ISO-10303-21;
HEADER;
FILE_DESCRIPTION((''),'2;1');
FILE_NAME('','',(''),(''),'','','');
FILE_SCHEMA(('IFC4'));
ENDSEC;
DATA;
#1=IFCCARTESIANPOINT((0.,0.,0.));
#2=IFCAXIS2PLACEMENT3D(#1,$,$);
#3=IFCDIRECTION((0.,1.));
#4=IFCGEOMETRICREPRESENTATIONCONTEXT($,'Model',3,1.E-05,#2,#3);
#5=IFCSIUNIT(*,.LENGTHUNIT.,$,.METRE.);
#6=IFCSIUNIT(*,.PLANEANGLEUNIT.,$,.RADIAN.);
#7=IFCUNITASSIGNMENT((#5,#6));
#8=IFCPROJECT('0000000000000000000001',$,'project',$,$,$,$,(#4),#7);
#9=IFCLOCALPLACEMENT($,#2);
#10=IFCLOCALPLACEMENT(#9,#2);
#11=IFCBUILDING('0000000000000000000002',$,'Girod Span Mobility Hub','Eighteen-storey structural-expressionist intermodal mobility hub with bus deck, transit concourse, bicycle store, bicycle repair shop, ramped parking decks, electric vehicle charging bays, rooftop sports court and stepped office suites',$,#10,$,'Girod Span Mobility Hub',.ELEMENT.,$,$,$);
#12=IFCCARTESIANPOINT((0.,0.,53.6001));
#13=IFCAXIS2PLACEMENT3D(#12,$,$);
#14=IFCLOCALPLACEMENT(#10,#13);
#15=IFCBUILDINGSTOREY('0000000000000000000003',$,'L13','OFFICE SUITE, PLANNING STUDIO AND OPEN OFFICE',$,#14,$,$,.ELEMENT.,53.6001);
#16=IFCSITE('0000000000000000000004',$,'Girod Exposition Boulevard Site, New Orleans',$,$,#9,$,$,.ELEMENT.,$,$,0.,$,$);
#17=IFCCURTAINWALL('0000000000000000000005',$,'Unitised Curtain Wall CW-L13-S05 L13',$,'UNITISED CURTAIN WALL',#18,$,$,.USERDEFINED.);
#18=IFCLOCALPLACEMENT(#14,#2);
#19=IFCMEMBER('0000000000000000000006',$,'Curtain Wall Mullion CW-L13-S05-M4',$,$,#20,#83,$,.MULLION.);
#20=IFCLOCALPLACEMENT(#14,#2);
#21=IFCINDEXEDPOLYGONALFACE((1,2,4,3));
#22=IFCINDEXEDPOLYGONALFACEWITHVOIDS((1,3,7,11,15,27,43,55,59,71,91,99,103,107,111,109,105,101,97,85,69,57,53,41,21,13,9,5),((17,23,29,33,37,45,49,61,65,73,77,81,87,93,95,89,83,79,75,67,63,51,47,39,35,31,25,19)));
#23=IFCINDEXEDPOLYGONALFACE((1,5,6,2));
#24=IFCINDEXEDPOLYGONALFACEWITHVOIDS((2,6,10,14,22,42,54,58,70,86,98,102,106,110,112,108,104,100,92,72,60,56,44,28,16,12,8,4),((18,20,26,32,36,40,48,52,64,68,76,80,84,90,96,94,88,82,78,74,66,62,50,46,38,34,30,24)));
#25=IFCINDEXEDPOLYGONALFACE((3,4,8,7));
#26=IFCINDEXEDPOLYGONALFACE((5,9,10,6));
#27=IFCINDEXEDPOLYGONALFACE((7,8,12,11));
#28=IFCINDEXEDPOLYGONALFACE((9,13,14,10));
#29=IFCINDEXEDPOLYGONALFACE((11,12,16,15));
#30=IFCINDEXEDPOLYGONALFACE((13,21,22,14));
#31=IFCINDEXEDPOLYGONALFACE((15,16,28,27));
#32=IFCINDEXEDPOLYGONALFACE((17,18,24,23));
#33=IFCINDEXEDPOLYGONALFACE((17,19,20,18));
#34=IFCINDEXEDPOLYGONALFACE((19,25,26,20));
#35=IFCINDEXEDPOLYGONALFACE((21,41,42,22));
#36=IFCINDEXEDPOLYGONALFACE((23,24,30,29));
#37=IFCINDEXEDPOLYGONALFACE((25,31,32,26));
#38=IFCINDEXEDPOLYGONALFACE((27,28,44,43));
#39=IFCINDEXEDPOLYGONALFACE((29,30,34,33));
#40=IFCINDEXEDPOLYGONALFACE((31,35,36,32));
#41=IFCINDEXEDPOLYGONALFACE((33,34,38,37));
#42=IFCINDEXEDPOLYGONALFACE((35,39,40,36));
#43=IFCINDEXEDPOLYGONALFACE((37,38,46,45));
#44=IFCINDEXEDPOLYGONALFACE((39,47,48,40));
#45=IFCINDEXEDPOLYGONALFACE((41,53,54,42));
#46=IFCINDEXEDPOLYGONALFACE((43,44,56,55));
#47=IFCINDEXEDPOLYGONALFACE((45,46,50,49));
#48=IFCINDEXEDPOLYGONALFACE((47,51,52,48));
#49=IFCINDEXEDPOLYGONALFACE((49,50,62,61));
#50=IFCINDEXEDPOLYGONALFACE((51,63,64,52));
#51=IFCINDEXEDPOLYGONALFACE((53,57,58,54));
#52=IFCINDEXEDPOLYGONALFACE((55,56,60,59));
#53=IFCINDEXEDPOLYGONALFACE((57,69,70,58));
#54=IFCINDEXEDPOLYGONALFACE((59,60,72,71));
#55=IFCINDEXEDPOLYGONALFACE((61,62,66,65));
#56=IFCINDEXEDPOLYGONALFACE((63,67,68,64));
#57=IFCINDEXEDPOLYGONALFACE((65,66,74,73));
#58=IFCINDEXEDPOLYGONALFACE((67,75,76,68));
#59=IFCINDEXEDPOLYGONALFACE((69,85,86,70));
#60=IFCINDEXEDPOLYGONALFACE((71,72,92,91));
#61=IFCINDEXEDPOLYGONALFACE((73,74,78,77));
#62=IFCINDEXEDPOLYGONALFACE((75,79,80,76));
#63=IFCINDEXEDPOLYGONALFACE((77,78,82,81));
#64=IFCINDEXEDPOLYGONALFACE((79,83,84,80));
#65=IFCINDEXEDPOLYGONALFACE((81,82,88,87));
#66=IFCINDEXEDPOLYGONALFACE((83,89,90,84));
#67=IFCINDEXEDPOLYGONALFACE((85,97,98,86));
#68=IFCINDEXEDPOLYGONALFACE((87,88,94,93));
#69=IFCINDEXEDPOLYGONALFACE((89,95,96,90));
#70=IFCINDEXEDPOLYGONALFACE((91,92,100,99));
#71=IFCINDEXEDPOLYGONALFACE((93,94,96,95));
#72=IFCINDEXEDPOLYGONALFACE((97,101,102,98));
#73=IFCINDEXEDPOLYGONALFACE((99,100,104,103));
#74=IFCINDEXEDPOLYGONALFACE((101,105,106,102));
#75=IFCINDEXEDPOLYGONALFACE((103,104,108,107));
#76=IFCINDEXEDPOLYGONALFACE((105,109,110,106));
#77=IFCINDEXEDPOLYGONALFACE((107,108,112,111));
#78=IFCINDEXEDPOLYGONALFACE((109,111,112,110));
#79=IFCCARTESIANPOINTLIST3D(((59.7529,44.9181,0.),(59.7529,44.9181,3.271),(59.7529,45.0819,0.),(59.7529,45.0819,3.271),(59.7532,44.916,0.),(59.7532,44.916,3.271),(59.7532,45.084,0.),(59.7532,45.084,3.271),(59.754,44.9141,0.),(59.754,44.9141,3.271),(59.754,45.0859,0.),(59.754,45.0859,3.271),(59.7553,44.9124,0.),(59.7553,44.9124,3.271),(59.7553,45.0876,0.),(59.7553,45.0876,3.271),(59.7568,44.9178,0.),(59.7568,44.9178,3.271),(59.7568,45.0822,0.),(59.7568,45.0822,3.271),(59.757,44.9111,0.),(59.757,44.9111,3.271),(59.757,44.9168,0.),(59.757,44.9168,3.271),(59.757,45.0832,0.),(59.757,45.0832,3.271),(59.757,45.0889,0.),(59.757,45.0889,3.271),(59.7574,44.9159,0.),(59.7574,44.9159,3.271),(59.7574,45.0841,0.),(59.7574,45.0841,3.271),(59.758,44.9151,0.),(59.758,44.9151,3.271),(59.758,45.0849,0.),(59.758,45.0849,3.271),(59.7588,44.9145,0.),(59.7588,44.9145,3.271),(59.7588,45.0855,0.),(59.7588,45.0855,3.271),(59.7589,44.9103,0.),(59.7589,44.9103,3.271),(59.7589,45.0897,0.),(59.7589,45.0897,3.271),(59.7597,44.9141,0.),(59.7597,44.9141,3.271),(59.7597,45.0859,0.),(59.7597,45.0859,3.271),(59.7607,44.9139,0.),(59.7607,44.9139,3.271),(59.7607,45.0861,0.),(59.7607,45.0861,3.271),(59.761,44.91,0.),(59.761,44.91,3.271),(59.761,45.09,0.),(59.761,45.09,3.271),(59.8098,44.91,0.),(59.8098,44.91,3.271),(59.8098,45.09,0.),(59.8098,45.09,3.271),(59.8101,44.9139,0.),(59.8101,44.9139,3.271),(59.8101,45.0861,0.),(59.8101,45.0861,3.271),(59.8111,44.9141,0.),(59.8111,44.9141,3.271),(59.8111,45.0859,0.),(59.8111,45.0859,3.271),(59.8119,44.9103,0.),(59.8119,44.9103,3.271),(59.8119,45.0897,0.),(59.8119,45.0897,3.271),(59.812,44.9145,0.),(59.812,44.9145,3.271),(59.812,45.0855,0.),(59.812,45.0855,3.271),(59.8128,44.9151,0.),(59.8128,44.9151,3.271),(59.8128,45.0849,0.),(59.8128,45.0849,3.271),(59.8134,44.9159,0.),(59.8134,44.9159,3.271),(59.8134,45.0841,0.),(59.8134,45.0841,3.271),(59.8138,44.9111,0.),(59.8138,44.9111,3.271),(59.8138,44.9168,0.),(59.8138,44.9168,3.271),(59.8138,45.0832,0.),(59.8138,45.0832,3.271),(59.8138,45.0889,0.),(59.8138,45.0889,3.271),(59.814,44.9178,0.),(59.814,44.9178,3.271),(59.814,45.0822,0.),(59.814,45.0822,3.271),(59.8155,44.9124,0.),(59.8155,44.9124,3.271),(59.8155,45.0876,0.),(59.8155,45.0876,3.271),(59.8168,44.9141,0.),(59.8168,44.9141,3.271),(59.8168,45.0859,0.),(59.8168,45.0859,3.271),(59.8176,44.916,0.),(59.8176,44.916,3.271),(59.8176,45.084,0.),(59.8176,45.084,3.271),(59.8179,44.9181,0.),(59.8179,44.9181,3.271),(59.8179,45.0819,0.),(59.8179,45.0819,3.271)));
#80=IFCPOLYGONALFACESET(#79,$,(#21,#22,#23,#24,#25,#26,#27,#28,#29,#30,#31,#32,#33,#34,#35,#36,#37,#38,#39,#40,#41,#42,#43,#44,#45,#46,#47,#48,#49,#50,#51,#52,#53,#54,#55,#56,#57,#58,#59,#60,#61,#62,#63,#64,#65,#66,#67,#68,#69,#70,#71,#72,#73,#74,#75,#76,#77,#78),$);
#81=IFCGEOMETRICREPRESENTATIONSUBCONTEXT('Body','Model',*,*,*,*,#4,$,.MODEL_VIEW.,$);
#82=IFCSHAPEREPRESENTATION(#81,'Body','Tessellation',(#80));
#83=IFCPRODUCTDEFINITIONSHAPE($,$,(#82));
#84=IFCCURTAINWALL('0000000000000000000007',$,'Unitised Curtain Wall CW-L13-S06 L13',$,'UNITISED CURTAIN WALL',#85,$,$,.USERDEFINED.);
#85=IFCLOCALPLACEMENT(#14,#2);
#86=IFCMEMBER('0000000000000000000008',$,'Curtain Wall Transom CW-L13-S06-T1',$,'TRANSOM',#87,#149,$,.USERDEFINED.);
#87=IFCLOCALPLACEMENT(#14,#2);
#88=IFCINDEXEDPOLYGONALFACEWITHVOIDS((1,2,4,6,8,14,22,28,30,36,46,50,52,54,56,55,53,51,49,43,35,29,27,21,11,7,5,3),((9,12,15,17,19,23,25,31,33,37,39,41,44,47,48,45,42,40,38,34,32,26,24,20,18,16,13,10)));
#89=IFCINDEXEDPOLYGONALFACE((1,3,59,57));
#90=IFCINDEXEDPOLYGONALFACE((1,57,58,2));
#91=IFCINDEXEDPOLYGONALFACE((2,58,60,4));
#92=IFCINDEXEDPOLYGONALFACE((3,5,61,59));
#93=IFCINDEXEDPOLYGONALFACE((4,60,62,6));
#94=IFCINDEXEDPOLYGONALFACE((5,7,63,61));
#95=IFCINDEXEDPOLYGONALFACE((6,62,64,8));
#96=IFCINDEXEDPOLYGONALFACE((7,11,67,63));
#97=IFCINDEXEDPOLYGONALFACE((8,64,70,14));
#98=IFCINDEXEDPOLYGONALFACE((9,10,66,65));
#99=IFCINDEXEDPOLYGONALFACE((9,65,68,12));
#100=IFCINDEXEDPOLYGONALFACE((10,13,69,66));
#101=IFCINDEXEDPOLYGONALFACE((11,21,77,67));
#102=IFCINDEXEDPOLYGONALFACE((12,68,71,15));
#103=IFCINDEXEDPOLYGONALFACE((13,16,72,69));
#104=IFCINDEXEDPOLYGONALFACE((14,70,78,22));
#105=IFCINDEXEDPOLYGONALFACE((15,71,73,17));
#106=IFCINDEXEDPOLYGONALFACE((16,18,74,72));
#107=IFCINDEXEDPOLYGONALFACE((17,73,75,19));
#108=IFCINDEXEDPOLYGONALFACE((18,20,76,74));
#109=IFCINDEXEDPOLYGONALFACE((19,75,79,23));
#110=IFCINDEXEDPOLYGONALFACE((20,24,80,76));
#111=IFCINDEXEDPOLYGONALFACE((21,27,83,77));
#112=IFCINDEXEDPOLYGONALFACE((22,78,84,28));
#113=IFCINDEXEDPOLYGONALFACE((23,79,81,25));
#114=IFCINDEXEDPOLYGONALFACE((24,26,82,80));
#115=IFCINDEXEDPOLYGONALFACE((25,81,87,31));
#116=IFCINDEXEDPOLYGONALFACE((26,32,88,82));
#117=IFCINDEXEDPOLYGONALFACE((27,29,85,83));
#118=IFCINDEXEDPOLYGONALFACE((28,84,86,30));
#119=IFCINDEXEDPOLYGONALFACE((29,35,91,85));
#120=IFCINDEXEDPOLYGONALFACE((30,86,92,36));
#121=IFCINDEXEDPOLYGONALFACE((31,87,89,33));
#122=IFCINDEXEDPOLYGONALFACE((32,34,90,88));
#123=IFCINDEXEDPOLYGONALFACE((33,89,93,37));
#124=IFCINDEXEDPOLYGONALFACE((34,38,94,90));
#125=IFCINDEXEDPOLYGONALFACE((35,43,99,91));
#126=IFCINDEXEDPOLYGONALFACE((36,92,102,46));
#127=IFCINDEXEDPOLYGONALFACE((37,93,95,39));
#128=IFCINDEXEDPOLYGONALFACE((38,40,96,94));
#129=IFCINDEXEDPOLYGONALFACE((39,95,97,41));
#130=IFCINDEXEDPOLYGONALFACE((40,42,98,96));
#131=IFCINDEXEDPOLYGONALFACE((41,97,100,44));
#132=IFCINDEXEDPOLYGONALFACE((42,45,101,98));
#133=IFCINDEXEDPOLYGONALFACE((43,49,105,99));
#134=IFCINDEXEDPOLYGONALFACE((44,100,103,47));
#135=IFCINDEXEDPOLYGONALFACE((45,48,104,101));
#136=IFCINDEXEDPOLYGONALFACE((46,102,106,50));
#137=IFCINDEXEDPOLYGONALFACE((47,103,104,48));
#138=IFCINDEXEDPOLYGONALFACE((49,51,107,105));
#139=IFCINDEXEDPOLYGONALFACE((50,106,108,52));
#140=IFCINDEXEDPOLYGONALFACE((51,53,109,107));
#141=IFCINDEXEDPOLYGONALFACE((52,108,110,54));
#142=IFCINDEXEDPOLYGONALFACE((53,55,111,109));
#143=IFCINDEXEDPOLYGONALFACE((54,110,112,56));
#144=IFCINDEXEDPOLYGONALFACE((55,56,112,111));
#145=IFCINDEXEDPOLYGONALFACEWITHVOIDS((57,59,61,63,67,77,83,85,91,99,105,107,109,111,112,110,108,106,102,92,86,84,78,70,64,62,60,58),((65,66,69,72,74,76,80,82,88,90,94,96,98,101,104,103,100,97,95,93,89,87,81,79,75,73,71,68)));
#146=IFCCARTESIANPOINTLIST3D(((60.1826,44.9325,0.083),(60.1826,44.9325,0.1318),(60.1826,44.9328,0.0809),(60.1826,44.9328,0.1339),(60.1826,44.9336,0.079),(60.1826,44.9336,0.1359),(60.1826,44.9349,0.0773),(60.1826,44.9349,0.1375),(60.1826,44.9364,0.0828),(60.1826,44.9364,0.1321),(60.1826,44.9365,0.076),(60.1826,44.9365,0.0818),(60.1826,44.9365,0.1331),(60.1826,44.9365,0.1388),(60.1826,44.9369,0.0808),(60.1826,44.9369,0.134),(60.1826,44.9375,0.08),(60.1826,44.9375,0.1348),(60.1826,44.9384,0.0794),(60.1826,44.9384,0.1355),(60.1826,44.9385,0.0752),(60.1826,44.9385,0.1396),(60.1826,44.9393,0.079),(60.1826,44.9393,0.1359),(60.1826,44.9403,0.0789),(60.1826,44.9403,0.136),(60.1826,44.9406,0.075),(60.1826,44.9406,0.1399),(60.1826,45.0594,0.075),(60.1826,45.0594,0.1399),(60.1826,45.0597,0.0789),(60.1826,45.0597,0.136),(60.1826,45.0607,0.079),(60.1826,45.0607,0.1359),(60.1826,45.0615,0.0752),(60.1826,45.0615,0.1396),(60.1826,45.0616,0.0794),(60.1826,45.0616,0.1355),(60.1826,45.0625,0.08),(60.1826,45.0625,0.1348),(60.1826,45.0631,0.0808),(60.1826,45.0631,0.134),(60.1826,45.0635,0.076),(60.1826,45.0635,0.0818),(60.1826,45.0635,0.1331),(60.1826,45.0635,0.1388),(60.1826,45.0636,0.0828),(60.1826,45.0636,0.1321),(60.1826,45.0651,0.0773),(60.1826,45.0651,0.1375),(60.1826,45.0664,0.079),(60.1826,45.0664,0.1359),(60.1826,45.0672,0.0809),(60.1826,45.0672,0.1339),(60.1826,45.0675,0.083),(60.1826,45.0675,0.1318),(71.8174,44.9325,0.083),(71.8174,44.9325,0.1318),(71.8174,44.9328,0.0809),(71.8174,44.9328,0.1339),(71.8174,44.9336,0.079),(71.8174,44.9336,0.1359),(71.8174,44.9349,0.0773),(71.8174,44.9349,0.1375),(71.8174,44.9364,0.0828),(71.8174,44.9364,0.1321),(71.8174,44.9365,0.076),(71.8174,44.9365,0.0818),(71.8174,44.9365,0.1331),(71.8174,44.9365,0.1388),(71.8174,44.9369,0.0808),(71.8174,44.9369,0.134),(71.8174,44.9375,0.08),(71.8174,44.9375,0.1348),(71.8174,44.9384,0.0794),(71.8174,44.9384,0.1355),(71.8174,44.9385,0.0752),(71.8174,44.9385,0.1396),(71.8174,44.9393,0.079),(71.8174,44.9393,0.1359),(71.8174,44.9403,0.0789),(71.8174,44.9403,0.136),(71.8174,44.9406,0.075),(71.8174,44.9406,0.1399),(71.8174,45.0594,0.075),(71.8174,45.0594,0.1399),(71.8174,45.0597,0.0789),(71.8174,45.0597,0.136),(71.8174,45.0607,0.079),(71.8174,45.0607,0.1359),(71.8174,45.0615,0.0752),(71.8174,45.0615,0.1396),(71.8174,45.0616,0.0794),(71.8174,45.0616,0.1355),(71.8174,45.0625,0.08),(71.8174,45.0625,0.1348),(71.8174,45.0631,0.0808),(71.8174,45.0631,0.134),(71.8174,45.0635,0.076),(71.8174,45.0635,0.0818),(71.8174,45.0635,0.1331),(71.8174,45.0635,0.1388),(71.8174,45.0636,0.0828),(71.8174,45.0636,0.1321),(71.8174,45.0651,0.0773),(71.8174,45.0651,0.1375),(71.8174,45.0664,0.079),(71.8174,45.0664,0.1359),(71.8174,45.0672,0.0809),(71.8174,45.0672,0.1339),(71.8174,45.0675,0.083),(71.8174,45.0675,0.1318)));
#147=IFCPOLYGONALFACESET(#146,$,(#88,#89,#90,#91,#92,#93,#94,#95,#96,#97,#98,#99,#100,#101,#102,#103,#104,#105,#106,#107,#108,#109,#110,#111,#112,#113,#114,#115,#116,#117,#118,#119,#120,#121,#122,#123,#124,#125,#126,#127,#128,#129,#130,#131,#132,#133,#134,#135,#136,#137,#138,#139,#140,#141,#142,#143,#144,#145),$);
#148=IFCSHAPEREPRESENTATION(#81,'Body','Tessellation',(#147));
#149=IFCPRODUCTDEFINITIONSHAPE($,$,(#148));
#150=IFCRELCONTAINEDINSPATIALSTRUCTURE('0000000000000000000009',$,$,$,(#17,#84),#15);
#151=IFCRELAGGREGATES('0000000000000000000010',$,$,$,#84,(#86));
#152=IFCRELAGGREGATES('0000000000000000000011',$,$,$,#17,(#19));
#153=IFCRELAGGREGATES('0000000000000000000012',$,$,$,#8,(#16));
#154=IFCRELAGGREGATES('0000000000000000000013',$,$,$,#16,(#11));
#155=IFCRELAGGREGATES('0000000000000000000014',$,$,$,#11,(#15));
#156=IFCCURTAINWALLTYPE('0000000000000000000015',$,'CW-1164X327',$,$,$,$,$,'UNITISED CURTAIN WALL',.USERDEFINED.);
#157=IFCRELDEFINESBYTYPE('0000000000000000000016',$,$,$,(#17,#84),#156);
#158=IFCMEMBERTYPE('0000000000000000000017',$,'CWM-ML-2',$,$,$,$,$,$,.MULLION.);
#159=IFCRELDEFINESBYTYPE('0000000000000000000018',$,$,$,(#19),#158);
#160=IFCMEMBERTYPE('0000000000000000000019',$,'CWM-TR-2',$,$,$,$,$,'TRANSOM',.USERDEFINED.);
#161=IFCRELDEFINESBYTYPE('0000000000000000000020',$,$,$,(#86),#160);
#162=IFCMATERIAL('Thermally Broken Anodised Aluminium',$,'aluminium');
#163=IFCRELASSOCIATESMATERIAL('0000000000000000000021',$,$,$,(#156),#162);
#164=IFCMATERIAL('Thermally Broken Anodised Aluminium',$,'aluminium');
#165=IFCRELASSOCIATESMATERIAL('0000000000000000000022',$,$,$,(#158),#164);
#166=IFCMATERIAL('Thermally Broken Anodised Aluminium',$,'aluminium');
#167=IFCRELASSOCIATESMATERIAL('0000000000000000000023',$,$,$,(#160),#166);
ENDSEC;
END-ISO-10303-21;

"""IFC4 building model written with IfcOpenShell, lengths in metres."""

from ifc_helpers import new_model, si_unit, direction, frame, origin, origin_2d, place, context, subcontext, project, spatial, hollow_rectangle, extrude, material, material_profile, profile_set, type_object, element, aggregate, save


model = new_model("IFC4")

# Units and contexts
model_context = context("Model", 3, precision=1e-05, world=origin(), true_north=direction((0.0, 1.0)))
body_context = subcontext(model_context, "Body", "Model", "MODEL_VIEW")
ifc_project = project(units=[si_unit("LENGTHUNIT", "METRE"), si_unit("PLANEANGLEUNIT", "RADIAN")], contexts=[model_context])

# Site, building, storey
site_placement = place(None, origin())
site = spatial("IfcSite", under=ifc_project, at=site_placement, Name="Girod Exposition Boulevard Site, New Orleans", CompositionType="ELEMENT", RefElevation=0.0)
building_placement = place(site_placement, origin())
building = spatial("IfcBuilding", under=site, at=building_placement, Name="Girod Span Mobility Hub", Description="Eighteen-storey structural-expressionist intermodal mobility hub with bus deck, transit concourse, bicycle store, bicycle repair shop, ramped parking decks, electric vehicle charging bays, rooftop sports court and stepped office suites", LongName="Girod Span Mobility Hub", CompositionType="ELEMENT")
storey_placement = place(building_placement, frame((0.0, 0.0, 53.6001)))
storey = spatial("IfcBuildingStorey", under=building, at=storey_placement, Name="L13", Description="OFFICE SUITE, PLANNING STUDIO AND OPEN OFFICE", CompositionType="ELEMENT", Elevation=53.6001)

# Curtain walls, members
ifc_material_1 = material(Name="Thermally Broken Anodised Aluminium", Category="aluminium")
curtain_wall_type = type_object("IfcCurtainWallType", Name="CW-1164X327", ElementType="UNITISED CURTAIN WALL", PredefinedType="USERDEFINED", material=ifc_material_1)
curtain_wall_1_placement = place(storey_placement, origin())
curtain_wall_1 = element("IfcCurtainWall", 1, at=curtain_wall_1_placement, inside=storey, type_object=curtain_wall_type, Name="Unitised Curtain Wall CW-L13-S05 L13", ObjectType="UNITISED CURTAIN WALL", PredefinedType="USERDEFINED")
ifc_material_2 = material(Name="Thermally Broken Anodised Aluminium", Category="aluminium")
ifc_material_profile_1 = material_profile(ifc_material_2, hollow_rectangle(XDim=0.1799, YDim=0.0649, WallThickness=0.0039, InnerFilletRadius=0.0039, OuterFilletRadius=0.0081, at=origin_2d()), Name="CW-ML-65X180")
ifc_profile_set_1 = profile_set([ifc_material_profile_1], Name="Thermally Broken Anodised Aluminium")
member_type_1 = type_object("IfcMemberType", Name="CWM-ML-2", PredefinedType="MULLION", material=ifc_profile_set_1)
member_1_placement = place(storey_placement, frame((59.7854, 45.0, 0.0), z_axis=(0.0, 0.0, 1.0), x_axis=(0.0, 1.0, 0.0)))
member_1 = element("IfcMember", 2, at=member_1_placement, type_object=member_type_1, Name="Curtain Wall Mullion CW-L13-S05-M4", PredefinedType="MULLION", context=body_context, shape_type="SweptSolid", body=[
    extrude(hollow_rectangle(XDim=0.1799, YDim=0.0649, WallThickness=0.0039, InnerFilletRadius=0.0039, OuterFilletRadius=0.0081, at=origin_2d()), origin(), (0.0, 0.0, 1.0), 3.271),
])
curtain_wall_2_placement = place(storey_placement, origin())
curtain_wall_2 = element("IfcCurtainWall", 3, at=curtain_wall_2_placement, inside=storey, type_object=curtain_wall_type, Name="Unitised Curtain Wall CW-L13-S06 L13", ObjectType="UNITISED CURTAIN WALL", PredefinedType="USERDEFINED")
ifc_material_3 = material(Name="Thermally Broken Anodised Aluminium", Category="aluminium")
ifc_material_profile_2 = material_profile(ifc_material_3, hollow_rectangle(XDim=0.135, YDim=0.0649, WallThickness=0.0039, InnerFilletRadius=0.0039, OuterFilletRadius=0.0081, at=origin_2d()), Name="CW-TR-65X135")
ifc_profile_set_2 = profile_set([ifc_material_profile_2], Name="Thermally Broken Anodised Aluminium")
member_type_2 = type_object("IfcMemberType", Name="CWM-TR-2", ElementType="TRANSOM", PredefinedType="USERDEFINED", material=ifc_profile_set_2)
member_2_placement = place(storey_placement, frame((60.1826, 45.0, 0.1074), z_axis=(1.0, 0.0, 0.0), x_axis=(0.0, 1.0, 0.0)))
member_2 = element("IfcMember", 4, at=member_2_placement, type_object=member_type_2, Name="Curtain Wall Transom CW-L13-S06-T1", ObjectType="TRANSOM", PredefinedType="USERDEFINED", context=body_context, shape_type="SweptSolid", body=[
    extrude(hollow_rectangle(XDim=0.135, YDim=0.0649, WallThickness=0.0039, InnerFilletRadius=0.0039, OuterFilletRadius=0.0081, at=origin_2d()), origin(), (0.0, 0.0, 1.0), 11.6348),
])
aggregate(curtain_wall_2, [member_2])

aggregate(curtain_wall_1, [member_1])

save(model, "model.ifc")
